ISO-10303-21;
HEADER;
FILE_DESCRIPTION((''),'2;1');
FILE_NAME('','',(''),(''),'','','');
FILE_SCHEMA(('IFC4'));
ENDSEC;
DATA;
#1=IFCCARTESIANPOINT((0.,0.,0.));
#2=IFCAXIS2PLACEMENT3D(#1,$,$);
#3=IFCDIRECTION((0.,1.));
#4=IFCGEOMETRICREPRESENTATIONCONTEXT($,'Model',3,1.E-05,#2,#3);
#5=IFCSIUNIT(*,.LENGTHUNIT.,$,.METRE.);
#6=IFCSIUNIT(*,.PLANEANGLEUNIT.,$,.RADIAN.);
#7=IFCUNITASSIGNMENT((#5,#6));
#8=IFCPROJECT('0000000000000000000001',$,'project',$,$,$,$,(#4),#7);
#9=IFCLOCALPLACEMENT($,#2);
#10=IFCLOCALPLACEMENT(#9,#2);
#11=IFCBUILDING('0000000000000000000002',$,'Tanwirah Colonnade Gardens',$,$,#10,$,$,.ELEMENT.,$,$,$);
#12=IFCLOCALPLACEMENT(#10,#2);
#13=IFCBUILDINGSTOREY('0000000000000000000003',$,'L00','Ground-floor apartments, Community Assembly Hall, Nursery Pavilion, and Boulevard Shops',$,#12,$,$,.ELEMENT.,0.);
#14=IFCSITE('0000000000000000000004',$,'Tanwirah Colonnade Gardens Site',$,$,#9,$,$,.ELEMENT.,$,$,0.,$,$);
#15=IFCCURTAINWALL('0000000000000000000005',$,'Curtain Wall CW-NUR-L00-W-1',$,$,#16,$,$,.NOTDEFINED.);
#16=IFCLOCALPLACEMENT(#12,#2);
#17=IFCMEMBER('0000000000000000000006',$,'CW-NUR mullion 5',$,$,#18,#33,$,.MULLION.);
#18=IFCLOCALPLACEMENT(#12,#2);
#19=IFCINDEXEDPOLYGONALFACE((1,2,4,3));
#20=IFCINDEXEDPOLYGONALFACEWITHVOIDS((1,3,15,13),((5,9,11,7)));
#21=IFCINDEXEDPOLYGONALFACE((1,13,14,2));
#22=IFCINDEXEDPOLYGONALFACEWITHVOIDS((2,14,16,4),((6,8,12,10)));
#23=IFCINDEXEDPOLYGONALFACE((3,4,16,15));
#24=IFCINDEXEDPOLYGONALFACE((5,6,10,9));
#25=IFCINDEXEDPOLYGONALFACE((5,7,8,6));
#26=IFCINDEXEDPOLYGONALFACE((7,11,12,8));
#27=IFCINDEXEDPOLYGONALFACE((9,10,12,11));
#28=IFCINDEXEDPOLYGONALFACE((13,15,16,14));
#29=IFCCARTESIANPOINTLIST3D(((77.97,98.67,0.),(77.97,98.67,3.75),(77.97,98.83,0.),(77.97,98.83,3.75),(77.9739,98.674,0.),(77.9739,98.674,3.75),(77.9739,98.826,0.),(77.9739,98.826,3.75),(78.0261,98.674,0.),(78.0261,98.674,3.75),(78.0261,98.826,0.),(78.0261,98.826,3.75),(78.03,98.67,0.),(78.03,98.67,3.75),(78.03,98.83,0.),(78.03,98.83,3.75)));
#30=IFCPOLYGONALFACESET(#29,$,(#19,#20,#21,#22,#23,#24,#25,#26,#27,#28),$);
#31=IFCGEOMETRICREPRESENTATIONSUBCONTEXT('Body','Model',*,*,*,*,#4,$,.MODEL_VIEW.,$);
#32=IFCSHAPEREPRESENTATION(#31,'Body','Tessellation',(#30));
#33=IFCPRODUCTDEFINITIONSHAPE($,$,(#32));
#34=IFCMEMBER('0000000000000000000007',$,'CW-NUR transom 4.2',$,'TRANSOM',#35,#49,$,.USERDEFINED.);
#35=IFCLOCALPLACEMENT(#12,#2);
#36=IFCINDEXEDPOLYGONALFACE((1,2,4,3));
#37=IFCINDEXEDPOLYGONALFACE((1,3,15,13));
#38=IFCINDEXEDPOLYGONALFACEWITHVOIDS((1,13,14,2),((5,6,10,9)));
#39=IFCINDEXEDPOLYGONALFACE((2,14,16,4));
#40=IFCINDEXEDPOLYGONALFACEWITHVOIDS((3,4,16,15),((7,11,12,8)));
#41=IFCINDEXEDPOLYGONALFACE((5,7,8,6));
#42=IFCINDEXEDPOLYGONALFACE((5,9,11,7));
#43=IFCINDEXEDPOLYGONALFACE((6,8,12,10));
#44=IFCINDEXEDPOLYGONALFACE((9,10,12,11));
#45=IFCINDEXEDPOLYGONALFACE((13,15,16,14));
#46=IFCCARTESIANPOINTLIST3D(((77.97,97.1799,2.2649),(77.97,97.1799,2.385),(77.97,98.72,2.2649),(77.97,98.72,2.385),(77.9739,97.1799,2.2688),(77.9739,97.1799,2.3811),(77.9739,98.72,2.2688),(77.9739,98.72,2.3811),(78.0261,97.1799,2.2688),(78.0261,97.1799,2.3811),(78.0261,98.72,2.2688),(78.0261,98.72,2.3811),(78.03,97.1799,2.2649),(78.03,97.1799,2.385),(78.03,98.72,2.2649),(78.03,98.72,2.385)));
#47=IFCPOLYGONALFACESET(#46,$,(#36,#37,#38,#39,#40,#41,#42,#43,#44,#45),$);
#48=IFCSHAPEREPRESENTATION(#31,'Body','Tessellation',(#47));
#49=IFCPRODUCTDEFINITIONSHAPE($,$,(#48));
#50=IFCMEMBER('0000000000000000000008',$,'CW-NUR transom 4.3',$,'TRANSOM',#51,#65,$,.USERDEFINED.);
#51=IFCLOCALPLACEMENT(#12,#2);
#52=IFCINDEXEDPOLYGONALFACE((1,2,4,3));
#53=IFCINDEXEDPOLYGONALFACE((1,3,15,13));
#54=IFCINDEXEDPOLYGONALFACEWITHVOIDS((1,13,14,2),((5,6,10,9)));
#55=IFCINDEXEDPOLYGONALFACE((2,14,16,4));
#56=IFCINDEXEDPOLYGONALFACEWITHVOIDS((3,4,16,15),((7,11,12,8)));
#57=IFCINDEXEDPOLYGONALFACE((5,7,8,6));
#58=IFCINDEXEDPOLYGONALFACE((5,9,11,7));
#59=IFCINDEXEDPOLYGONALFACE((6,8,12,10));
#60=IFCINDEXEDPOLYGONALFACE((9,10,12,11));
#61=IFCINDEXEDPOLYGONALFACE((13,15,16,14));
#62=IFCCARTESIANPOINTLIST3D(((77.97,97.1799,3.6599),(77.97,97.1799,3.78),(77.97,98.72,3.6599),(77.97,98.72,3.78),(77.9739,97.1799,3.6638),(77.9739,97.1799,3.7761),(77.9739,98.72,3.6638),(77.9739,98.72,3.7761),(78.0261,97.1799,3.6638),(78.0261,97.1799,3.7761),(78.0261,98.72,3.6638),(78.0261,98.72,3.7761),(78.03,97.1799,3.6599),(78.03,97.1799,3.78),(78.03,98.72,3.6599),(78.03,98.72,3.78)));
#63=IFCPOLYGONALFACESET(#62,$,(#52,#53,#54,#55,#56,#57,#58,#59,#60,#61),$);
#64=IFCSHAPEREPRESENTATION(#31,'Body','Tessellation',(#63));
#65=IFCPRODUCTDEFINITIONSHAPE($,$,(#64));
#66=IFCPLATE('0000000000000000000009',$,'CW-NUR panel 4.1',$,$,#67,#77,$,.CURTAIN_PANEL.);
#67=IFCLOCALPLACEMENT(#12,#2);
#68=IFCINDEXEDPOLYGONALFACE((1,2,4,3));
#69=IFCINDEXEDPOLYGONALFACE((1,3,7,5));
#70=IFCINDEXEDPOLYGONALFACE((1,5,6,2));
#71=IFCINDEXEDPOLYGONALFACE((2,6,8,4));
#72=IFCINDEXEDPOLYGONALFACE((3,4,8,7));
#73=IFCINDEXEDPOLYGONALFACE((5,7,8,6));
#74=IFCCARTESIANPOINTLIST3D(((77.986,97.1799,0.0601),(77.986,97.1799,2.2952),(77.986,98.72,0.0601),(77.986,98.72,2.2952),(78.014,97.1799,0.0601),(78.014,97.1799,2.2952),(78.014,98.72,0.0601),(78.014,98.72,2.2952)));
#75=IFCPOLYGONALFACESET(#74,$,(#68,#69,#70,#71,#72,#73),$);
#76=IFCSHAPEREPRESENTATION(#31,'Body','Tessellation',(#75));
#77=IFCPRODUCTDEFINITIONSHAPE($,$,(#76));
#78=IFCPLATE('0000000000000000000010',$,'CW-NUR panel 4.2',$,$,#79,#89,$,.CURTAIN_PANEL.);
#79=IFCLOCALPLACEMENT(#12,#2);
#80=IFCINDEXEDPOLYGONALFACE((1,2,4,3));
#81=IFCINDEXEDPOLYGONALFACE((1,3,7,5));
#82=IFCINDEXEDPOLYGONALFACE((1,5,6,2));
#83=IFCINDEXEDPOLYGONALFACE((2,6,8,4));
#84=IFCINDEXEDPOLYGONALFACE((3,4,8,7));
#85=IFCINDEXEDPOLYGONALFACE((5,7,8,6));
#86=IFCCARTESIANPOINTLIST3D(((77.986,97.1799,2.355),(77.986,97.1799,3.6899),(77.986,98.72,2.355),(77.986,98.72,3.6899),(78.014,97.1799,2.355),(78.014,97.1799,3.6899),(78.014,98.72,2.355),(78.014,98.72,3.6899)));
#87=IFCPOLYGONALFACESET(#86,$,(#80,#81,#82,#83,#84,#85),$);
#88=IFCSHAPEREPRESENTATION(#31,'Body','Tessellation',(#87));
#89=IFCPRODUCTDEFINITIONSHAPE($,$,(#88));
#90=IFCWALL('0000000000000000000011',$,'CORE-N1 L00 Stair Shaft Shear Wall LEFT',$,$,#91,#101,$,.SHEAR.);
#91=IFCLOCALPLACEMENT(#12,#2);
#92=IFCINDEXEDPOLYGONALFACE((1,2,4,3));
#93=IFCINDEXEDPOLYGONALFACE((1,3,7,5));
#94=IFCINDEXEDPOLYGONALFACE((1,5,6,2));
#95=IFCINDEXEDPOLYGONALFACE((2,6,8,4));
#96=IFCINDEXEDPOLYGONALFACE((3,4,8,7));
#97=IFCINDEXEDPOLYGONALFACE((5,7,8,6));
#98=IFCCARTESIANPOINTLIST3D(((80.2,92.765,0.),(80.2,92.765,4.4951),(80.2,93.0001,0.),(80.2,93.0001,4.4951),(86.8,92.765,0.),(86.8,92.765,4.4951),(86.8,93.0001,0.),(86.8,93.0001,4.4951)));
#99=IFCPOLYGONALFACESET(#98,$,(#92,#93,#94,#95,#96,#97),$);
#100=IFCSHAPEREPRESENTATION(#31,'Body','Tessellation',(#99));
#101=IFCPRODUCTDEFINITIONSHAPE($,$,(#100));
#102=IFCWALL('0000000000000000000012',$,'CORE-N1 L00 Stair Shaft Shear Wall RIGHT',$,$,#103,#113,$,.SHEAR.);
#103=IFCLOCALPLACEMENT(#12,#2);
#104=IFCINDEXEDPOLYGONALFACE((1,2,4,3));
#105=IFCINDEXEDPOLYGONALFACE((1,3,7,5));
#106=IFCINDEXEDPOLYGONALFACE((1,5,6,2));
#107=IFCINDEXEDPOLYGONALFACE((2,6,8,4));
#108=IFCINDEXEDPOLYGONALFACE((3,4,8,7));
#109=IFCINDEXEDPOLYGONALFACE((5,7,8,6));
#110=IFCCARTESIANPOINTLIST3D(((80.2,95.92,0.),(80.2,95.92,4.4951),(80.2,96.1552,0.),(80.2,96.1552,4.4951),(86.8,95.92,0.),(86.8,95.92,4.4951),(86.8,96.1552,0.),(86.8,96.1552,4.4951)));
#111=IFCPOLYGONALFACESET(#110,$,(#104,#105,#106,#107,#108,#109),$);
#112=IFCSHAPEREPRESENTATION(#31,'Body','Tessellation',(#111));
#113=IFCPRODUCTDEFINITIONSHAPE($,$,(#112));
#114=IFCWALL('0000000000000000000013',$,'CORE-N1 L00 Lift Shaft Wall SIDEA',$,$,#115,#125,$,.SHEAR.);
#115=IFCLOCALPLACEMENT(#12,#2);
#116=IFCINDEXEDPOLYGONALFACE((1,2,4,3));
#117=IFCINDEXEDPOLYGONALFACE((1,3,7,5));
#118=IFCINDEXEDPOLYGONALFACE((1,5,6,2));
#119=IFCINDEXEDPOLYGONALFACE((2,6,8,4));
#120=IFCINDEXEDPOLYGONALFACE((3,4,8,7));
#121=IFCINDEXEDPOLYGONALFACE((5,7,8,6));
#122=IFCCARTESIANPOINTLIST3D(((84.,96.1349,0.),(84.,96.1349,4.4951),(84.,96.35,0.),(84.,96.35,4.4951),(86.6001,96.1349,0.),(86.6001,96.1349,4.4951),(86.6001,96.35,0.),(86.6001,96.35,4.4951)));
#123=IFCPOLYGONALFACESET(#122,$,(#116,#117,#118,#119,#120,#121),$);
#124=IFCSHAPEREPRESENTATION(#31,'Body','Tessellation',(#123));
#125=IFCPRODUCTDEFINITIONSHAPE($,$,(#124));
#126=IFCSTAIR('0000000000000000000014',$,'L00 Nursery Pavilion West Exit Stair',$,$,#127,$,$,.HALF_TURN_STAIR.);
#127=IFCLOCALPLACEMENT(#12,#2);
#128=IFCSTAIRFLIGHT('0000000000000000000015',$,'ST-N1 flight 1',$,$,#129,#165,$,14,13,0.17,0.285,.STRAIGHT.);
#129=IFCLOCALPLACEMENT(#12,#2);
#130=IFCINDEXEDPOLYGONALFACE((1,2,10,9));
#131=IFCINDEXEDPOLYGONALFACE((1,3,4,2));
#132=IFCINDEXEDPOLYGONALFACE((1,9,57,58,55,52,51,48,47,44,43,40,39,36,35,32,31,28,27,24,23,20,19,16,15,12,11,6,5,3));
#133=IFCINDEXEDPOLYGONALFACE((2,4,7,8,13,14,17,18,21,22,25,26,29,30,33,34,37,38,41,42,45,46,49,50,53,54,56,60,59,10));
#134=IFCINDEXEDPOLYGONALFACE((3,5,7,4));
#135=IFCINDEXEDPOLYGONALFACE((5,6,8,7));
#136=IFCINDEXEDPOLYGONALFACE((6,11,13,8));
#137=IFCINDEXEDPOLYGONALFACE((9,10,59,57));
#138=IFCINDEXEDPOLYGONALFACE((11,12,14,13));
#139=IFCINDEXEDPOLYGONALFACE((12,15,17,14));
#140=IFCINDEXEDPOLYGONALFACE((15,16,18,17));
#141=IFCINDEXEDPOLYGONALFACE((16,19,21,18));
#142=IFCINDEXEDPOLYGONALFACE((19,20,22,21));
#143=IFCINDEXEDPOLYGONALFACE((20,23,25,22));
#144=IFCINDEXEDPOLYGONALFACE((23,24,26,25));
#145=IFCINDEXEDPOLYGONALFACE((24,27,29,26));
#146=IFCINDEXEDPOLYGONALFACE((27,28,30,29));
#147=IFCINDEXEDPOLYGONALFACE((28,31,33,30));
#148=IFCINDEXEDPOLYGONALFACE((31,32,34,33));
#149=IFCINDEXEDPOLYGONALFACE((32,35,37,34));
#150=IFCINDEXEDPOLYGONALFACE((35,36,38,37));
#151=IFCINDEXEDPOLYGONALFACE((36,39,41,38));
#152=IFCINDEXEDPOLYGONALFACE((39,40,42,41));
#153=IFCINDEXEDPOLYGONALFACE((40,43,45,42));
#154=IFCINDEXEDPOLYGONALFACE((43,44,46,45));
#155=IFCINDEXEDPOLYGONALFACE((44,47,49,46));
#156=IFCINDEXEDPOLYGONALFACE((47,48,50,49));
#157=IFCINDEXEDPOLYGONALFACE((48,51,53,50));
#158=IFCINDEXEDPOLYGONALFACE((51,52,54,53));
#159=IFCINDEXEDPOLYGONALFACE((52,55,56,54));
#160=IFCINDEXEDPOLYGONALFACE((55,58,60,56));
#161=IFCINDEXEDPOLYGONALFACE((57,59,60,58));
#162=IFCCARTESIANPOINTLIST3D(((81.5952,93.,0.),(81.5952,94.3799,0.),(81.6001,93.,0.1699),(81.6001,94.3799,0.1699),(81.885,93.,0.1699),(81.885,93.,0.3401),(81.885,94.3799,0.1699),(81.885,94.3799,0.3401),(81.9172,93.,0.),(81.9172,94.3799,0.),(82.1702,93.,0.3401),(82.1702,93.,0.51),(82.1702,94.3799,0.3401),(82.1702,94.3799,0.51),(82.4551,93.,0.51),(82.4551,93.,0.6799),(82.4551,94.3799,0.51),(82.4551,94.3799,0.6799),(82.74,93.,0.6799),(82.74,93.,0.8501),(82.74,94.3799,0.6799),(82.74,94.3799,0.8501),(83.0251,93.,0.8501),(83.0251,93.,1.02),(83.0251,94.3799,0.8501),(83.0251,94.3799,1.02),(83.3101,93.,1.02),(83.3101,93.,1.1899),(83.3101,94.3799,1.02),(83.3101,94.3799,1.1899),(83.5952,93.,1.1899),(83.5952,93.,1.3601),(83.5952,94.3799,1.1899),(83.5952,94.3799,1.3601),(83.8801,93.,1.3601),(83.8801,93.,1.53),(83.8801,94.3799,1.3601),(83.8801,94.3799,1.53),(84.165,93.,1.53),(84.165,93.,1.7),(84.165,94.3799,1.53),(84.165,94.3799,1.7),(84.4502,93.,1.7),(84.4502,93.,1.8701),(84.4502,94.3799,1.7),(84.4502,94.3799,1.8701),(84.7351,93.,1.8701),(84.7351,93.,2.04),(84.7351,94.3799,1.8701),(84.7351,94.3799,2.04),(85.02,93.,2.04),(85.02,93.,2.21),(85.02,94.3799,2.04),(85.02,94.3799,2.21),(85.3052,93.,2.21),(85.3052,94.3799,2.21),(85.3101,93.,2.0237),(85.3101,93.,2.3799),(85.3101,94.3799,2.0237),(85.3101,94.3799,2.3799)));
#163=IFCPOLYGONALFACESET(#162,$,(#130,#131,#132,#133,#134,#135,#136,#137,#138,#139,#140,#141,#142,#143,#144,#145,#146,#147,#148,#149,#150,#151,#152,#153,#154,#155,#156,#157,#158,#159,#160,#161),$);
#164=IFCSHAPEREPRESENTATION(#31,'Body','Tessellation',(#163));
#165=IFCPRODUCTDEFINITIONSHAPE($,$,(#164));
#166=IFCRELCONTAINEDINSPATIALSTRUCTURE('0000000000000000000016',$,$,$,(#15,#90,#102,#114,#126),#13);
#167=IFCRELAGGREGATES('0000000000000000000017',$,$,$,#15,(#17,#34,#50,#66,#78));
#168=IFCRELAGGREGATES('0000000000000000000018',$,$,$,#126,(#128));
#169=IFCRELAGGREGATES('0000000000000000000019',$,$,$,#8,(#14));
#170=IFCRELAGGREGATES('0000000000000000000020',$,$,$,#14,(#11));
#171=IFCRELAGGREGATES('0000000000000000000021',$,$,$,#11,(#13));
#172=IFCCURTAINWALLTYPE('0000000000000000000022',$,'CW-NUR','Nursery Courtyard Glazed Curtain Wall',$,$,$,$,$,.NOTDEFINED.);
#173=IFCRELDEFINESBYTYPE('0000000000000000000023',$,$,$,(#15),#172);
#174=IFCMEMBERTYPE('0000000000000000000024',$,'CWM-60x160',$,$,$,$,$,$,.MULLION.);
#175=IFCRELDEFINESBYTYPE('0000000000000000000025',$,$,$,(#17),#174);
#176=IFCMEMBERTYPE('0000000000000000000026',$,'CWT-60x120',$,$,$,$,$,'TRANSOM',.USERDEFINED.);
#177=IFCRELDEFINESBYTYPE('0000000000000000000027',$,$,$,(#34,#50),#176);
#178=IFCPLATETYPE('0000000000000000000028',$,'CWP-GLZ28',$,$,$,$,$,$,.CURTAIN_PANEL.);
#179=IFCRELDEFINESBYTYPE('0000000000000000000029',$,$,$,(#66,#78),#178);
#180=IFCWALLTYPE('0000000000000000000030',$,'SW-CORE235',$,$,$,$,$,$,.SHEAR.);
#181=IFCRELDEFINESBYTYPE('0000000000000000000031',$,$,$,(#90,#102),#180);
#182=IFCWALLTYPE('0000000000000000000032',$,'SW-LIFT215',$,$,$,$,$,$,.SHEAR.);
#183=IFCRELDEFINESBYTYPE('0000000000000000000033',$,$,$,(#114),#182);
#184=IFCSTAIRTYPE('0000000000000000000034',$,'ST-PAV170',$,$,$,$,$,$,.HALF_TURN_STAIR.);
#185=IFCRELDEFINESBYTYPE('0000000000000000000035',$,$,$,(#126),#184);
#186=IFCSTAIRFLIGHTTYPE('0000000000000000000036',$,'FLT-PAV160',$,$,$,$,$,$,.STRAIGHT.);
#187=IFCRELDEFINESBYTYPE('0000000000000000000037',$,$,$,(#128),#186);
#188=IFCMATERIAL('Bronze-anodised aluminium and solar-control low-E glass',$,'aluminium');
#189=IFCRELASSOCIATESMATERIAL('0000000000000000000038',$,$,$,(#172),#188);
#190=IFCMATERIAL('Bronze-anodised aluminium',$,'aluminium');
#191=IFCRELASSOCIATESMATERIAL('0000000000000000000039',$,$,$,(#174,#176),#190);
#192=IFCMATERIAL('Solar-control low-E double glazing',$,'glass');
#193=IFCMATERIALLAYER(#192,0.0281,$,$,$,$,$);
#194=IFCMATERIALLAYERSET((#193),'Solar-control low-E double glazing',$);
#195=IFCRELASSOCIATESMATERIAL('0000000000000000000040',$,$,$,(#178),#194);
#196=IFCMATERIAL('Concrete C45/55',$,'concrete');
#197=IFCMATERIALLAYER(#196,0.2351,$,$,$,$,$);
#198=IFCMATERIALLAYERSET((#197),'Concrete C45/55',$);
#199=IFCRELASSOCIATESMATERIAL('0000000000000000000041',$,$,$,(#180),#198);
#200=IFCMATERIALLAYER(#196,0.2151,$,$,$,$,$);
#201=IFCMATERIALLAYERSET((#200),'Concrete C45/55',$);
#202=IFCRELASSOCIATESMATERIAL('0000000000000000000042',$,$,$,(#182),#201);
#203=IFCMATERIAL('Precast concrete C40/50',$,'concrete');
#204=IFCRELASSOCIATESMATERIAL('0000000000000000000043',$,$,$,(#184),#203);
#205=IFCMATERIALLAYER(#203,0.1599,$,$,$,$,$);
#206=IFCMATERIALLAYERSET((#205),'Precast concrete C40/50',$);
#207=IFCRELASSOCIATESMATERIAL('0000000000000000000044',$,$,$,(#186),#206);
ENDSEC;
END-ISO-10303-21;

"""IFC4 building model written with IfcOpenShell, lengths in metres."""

from ifc_helpers import new_model, si_unit, direction, frame, frame_2d, origin, origin_2d, place, context, subcontext, project, spatial, polyline, rectangle, hollow_rectangle, outline, extrude, material, layer, layer_set, material_profile, profile_set, type_object, element, aggregate, save


model = new_model("IFC4")

# Units and contexts
model_context = context("Model", 3, precision=1e-05, world=origin(), true_north=direction((0.0, 1.0)))
body_context = subcontext(model_context, "Body", "Model", "MODEL_VIEW")
ifc_project = project(units=[si_unit("LENGTHUNIT", "METRE"), si_unit("PLANEANGLEUNIT", "RADIAN")], contexts=[model_context])

# Site, building, storey
site_placement = place(None, origin())
site = spatial("IfcSite", under=ifc_project, at=site_placement, Name="Tanwirah Colonnade Gardens Site", CompositionType="ELEMENT", RefElevation=0.0)
building_placement = place(site_placement, origin())
building = spatial("IfcBuilding", under=site, at=building_placement, Name="Tanwirah Colonnade Gardens", CompositionType="ELEMENT")
storey_placement = place(building_placement, origin())
storey = spatial("IfcBuildingStorey", under=building, at=storey_placement, Name="L00", Description="Ground-floor apartments, Community Assembly Hall, Nursery Pavilion, and Boulevard Shops", CompositionType="ELEMENT", Elevation=0.0)

# Curtain wall, members, plates
ifc_material_1 = material(Name="Bronze-anodised aluminium and solar-control low-E glass", Category="aluminium")
curtain_wall_type = type_object("IfcCurtainWallType", Name="CW-NUR", Description="Nursery Courtyard Glazed Curtain Wall", PredefinedType="NOTDEFINED", material=ifc_material_1)
curtain_wall_placement = place(storey_placement, origin())
curtain_wall = element("IfcCurtainWall", 1, at=curtain_wall_placement, inside=storey, type_object=curtain_wall_type, Name="Curtain Wall CW-NUR-L00-W-1", PredefinedType="NOTDEFINED")
ifc_material_2 = material(Name="Bronze-anodised aluminium", Category="aluminium")
ifc_material_profile_1 = material_profile(ifc_material_2, hollow_rectangle(XDim=0.0601, YDim=0.1599, WallThickness=0.0039, at=origin_2d()), Name="CW-MUL 60x160x4")
ifc_profile_set_1 = profile_set([ifc_material_profile_1], Name="Bronze-anodised aluminium")
member_type_1 = type_object("IfcMemberType", Name="CWM-60x160", PredefinedType="MULLION", material=ifc_profile_set_1)
member_1_placement = place(storey_placement, frame((78.0, 98.75, 0.0), z_axis=(0.0, 0.0, 1.0), x_axis=(-1.0, 0.0, 0.0)))
member_1 = element("IfcMember", 2, at=member_1_placement, type_object=member_type_1, Name="CW-NUR mullion 5", PredefinedType="MULLION", context=body_context, shape_type="SweptSolid", body=[
    extrude(hollow_rectangle(XDim=0.0601, YDim=0.1599, WallThickness=0.0039, at=origin_2d()), origin(), (0.0, 0.0, 1.0), 3.75),
])
ifc_material_profile_2 = material_profile(ifc_material_2, hollow_rectangle(XDim=0.0601, YDim=0.1201, WallThickness=0.0039, at=origin_2d()), Name="CW-TRN 60x120x4")
ifc_profile_set_2 = profile_set([ifc_material_profile_2], Name="Bronze-anodised aluminium")
member_type_2 = type_object("IfcMemberType", Name="CWT-60x120", ElementType="TRANSOM", PredefinedType="USERDEFINED", material=ifc_profile_set_2)
member_2_placement = place(storey_placement, frame((78.0, 97.1799, 2.325), z_axis=(0.0, 1.0, 0.0), x_axis=(-1.0, 0.0, 0.0)))
member_2 = element("IfcMember", 3, at=member_2_placement, type_object=member_type_2, Name="CW-NUR transom 4.2", ObjectType="TRANSOM", PredefinedType="USERDEFINED", context=body_context, shape_type="SweptSolid", body=[
    extrude(hollow_rectangle(XDim=0.0601, YDim=0.1201, WallThickness=0.0039, at=origin_2d()), origin(), (0.0, 0.0, 1.0), 1.54),
])
member_3_placement = place(storey_placement, frame((78.0, 97.1799, 3.72), z_axis=(0.0, 1.0, 0.0), x_axis=(-1.0, 0.0, 0.0)))
member_3 = element("IfcMember", 4, at=member_3_placement, type_object=member_type_2, Name="CW-NUR transom 4.3", ObjectType="TRANSOM", PredefinedType="USERDEFINED", context=body_context, shape_type="SweptSolid", body=[
    extrude(hollow_rectangle(XDim=0.0601, YDim=0.1201, WallThickness=0.0039, at=origin_2d()), origin(), (0.0, 0.0, 1.0), 1.54),
])
ifc_material_3 = material(Name="Solar-control low-E double glazing", Category="glass")
ifc_layer_1 = layer(ifc_material_3, 0.0281)
ifc_layer_set_1 = layer_set([ifc_layer_1], Name="Solar-control low-E double glazing")
plate_type = type_object("IfcPlateType", Name="CWP-GLZ28", PredefinedType="CURTAIN_PANEL", material=ifc_layer_set_1)
plate_1_placement = place(storey_placement, frame((78.0, 97.95, 0.0601), z_axis=(0.0, 0.0, 1.0), x_axis=(0.0, 1.0, 0.0)))
plate_1 = element("IfcPlate", 5, at=plate_1_placement, type_object=plate_type, Name="CW-NUR panel 4.1", PredefinedType="CURTAIN_PANEL", context=body_context, shape_type="SweptSolid", body=[
    extrude(rectangle(XDim=1.54, YDim=0.0281, at=origin_2d()), origin(), (0.0, 0.0, 1.0), 2.2351),
])
plate_2_placement = place(storey_placement, frame((78.0, 97.95, 2.355), z_axis=(0.0, 0.0, 1.0), x_axis=(0.0, 1.0, 0.0)))
plate_2 = element("IfcPlate", 6, at=plate_2_placement, type_object=plate_type, Name="CW-NUR panel 4.2", PredefinedType="CURTAIN_PANEL", context=body_context, shape_type="SweptSolid", body=[
    extrude(rectangle(XDim=1.54, YDim=0.0281, at=origin_2d()), origin(), (0.0, 0.0, 1.0), 1.335),
])
aggregate(curtain_wall, [member_1, member_2, member_3, plate_1, plate_2])

# Walls
ifc_material_4 = material(Name="Concrete C45/55", Category="concrete")
ifc_layer_2 = layer(ifc_material_4, 0.2351)
ifc_layer_set_2 = layer_set([ifc_layer_2], Name="Concrete C45/55")
wall_type_1 = type_object("IfcWallType", Name="SW-CORE235", PredefinedType="SHEAR", material=ifc_layer_set_2)
for number, where, z_axis, x_axis, name in (
    (7, (80.2, 92.8826, 0.0), (0.0, 0.0, 1.0), (1.0, 0.0, 0.0), "CORE-N1 L00 Stair Shaft Shear Wall LEFT"),
    (8, (80.2, 96.0376, 0.0), (0.0, 0.0, 1.0), (1.0, 0.0, 0.0), "CORE-N1 L00 Stair Shaft Shear Wall RIGHT"),
):
    element("IfcWall", number, at=place(storey_placement, frame(where, z_axis=z_axis, x_axis=x_axis)), inside=storey, type_object=wall_type_1, Name=name, PredefinedType="SHEAR", context=body_context, shape_type="SweptSolid", body=[
        extrude(rectangle(XDim=6.6001, YDim=0.2351, at=frame_2d((3.3, 0.0))), origin(), (0.0, 0.0, 1.0), 4.4951),
    ])

# Shared definitions
ifc_layer_3 = layer(ifc_material_4, 0.2151)
ifc_layer_set_3 = layer_set([ifc_layer_3], Name="Concrete C45/55")
wall_type_2 = type_object("IfcWallType", Name="SW-LIFT215", PredefinedType="SHEAR", material=ifc_layer_set_3)

# Wall
wall_1_placement = place(storey_placement, frame((84.0, 96.2424, 0.0), z_axis=(0.0, 0.0, 1.0), x_axis=(1.0, 0.0, 0.0)))
element("IfcWall", 9, at=wall_1_placement, inside=storey, type_object=wall_type_2, Name="CORE-N1 L00 Lift Shaft Wall SIDEA", PredefinedType="SHEAR", context=body_context, shape_type="SweptSolid", body=[
    extrude(rectangle(XDim=2.6001, YDim=0.2151, at=frame_2d((1.3, 0.0))), origin(), (0.0, 0.0, 1.0), 4.4951),
])

# Stair, stair flight
ifc_material_5 = material(Name="Precast concrete C40/50", Category="concrete")
stair_type = type_object("IfcStairType", Name="ST-PAV170", PredefinedType="HALF_TURN_STAIR", material=ifc_material_5)
stair_placement = place(storey_placement, origin())
stair = element("IfcStair", 10, at=stair_placement, inside=storey, type_object=stair_type, Name="L00 Nursery Pavilion West Exit Stair", PredefinedType="HALF_TURN_STAIR")
ifc_layer_4 = layer(ifc_material_5, 0.1599)
ifc_layer_set_4 = layer_set([ifc_layer_4], Name="Precast concrete C40/50")
stair_flight_type = type_object("IfcStairFlightType", Name="FLT-PAV160", PredefinedType="STRAIGHT", material=ifc_layer_set_4)
stair_flight_1_placement = place(storey_placement, frame((81.6001, 93.6899, 0.0), z_axis=(0.0, 0.0, 1.0), x_axis=(1.0, 0.0, 0.0)))
stair_flight_1 = element("IfcStairFlight", 11, at=stair_flight_1_placement, type_object=stair_flight_type, Name="ST-N1 flight 1", NumberOfRisers=14, NumberOfTreads=13, PredefinedType="STRAIGHT", RiserHeight=0.17, TreadLength=0.285, context=body_context, shape_type="SweptSolid", body=[
    extrude(outline(polyline([(-0.0049, 0.0), (0.0, 0.1699), (0.2849, 0.1699), (0.2849, 0.3401), (0.5701, 0.3401), (0.5701, 0.51), (0.855, 0.51), (0.855, 0.6799), (1.1399, 0.6799), (1.1399, 0.8501), (1.425, 0.8501), (1.425, 1.02), (1.71, 1.02), (1.71, 1.1899), (1.9951, 1.1899), (1.9951, 1.3601), (2.28, 1.3601), (2.28, 1.53), (2.5649, 1.53), (2.5649, 1.7), (2.8501, 1.7), (2.8501, 1.8701), (3.135, 1.8701), (3.135, 2.04), (3.4199, 2.04), (3.4199, 2.21), (3.7051, 2.21), (3.71, 2.3799), (3.71, 2.0237), (0.3171, 0.0), (-0.0049, 0.0)])), frame((0.0, 0.6899, 0.0), z_axis=(0.0, -1.0, 0.0), x_axis=(1.0, 0.0, 0.0)), (0.0, 0.0, 1.0), 1.3799),
])
aggregate(stair, [stair_flight_1])

save(model, "model.ifc")
